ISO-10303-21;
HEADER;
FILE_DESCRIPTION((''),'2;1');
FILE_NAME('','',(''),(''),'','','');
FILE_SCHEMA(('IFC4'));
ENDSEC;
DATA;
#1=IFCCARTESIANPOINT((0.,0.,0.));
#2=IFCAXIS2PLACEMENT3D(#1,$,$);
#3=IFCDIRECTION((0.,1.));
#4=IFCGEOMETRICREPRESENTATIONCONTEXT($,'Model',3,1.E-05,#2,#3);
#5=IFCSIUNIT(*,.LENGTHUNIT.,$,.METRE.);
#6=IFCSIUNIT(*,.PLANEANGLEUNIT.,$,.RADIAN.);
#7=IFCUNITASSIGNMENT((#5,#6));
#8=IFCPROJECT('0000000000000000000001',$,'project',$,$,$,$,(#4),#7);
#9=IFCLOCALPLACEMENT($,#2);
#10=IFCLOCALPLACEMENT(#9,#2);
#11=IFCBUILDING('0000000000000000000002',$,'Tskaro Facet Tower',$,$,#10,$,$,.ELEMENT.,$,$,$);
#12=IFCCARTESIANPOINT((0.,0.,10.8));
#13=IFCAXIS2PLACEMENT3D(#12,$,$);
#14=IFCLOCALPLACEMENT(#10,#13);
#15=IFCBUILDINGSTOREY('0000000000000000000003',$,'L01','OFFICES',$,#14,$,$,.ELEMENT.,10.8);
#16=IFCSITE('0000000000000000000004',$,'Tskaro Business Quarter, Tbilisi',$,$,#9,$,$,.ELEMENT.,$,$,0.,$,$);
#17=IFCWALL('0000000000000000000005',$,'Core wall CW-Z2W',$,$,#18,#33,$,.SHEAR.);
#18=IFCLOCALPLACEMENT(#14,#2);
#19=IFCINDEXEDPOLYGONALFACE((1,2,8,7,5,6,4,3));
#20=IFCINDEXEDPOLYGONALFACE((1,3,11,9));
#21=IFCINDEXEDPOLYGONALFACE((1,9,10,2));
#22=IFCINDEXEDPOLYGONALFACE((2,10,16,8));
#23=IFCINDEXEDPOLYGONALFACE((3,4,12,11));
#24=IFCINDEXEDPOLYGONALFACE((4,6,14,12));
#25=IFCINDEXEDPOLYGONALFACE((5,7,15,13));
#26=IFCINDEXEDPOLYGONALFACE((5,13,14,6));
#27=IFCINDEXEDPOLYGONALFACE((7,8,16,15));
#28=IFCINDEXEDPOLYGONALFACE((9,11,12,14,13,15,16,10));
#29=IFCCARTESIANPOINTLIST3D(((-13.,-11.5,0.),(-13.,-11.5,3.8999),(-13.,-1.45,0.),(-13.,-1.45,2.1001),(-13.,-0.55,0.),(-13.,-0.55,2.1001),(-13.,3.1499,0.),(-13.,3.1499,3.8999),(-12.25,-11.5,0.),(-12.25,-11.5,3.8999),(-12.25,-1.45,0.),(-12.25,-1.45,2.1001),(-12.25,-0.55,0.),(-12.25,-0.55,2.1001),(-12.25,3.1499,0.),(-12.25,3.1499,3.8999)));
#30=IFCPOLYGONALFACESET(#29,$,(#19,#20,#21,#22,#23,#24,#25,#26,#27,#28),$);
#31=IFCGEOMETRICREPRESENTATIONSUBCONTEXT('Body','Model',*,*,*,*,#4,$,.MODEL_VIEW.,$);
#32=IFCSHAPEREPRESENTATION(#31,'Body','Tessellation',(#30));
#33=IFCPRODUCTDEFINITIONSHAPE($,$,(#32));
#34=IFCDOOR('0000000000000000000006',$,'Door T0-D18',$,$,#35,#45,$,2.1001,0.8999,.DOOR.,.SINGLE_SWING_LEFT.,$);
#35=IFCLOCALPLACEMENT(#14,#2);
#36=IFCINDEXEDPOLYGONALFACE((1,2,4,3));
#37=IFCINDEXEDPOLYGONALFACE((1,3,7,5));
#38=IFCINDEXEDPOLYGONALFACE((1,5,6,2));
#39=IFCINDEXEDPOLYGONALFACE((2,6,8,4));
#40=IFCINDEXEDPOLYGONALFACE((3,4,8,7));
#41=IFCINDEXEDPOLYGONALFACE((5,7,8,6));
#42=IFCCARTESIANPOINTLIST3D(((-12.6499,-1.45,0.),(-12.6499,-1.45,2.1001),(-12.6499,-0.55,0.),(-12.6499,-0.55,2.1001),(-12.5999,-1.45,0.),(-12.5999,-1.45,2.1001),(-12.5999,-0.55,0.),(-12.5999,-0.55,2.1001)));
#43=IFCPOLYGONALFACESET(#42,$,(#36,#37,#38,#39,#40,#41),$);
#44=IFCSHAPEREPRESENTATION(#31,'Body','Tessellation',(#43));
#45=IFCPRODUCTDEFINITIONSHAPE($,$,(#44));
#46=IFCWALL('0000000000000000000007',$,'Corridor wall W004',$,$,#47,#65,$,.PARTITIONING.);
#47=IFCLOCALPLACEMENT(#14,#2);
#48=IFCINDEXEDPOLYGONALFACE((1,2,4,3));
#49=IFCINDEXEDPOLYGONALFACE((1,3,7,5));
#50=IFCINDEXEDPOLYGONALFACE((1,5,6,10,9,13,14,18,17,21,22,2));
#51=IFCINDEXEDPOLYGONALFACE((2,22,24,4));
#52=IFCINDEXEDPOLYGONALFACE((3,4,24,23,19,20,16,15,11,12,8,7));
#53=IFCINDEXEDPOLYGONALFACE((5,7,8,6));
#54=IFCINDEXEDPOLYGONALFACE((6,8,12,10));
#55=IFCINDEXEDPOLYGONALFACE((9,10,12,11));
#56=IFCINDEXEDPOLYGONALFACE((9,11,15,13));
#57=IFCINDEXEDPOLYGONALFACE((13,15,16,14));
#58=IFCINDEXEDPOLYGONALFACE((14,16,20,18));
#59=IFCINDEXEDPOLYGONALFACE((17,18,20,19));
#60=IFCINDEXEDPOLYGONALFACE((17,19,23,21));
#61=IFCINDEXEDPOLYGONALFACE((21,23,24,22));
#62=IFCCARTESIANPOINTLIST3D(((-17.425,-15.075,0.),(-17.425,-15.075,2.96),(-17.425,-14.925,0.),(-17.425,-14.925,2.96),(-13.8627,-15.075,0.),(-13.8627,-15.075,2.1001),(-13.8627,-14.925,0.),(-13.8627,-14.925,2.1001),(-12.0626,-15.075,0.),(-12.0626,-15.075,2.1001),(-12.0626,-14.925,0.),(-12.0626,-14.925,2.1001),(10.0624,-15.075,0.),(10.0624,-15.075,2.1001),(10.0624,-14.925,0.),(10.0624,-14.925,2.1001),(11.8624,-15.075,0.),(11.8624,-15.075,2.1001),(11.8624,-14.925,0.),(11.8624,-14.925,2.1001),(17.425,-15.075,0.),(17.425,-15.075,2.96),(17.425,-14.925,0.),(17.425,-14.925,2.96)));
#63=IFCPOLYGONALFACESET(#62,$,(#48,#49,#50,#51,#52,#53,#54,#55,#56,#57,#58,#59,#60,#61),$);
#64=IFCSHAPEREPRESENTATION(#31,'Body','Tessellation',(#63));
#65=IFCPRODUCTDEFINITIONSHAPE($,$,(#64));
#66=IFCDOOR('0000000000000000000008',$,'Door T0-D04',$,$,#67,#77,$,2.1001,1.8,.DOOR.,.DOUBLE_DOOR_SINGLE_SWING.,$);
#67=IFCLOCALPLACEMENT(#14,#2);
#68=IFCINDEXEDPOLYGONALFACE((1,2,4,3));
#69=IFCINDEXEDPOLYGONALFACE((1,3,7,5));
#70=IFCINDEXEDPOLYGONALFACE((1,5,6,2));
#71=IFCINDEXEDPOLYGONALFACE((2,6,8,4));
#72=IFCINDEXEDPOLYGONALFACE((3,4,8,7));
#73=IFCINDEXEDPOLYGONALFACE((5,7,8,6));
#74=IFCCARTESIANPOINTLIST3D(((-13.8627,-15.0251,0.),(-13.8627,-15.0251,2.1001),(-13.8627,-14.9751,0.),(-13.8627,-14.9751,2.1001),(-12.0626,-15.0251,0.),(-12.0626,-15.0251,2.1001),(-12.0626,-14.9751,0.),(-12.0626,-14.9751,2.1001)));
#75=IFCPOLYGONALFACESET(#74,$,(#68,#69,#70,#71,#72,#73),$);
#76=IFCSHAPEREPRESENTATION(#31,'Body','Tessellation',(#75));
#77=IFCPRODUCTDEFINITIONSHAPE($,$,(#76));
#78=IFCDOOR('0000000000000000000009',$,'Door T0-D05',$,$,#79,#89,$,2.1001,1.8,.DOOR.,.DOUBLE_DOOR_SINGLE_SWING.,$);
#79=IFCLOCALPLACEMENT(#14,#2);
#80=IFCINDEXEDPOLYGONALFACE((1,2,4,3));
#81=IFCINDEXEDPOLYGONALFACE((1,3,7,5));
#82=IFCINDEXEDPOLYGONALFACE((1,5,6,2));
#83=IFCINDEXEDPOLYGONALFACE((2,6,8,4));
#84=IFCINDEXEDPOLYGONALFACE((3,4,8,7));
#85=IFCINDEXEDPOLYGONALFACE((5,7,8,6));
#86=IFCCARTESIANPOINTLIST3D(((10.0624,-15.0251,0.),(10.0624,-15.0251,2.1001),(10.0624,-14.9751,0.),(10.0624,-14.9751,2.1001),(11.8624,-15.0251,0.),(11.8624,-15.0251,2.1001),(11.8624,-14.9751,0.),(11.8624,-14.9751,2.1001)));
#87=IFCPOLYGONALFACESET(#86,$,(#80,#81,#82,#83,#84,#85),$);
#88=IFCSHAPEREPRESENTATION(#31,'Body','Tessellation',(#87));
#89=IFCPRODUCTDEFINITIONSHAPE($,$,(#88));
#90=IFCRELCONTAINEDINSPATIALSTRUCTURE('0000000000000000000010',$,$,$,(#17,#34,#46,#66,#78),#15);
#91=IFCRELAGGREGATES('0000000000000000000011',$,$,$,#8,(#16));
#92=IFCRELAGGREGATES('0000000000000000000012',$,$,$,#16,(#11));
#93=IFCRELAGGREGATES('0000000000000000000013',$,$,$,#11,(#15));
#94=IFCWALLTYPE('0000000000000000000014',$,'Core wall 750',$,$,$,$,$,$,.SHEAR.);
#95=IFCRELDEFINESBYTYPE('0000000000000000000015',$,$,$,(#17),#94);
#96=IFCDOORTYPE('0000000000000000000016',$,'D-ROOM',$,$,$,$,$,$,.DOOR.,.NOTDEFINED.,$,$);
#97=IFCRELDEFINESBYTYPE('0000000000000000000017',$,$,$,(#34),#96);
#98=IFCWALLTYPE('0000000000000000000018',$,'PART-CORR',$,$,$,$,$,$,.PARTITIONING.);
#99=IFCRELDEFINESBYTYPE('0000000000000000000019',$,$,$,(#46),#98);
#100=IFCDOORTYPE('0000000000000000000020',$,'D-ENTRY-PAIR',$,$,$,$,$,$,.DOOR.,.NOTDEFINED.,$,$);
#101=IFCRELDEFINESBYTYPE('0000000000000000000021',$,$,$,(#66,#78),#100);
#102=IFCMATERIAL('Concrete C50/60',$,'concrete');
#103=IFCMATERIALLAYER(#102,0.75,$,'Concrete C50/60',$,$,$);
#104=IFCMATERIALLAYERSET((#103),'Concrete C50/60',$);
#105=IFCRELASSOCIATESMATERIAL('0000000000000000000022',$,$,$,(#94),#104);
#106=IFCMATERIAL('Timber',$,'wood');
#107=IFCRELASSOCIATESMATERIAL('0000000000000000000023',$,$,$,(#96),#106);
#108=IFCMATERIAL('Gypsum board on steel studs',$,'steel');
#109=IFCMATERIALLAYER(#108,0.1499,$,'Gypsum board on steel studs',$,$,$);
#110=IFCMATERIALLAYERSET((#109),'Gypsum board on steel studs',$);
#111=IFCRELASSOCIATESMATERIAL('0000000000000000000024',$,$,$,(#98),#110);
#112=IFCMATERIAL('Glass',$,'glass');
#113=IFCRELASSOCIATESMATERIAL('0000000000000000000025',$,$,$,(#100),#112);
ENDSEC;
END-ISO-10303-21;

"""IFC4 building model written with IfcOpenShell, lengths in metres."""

from ifc_helpers import new_model, si_unit, direction, frame, frame_2d, origin, place, context, subcontext, project, spatial, rectangle, extrude, material, layer, layer_set, type_object, element, fill, save


model = new_model("IFC4")

# Units and contexts
model_context = context("Model", 3, precision=1e-05, world=origin(), true_north=direction((0.0, 1.0)))
body_context = subcontext(model_context, "Body", "Model", "MODEL_VIEW")
ifc_project = project(units=[si_unit("LENGTHUNIT", "METRE"), si_unit("PLANEANGLEUNIT", "RADIAN")], contexts=[model_context])

# Site, building, storey
site_placement = place(None, origin())
site = spatial("IfcSite", under=ifc_project, at=site_placement, Name="Tskaro Business Quarter, Tbilisi", CompositionType="ELEMENT", RefElevation=0.0)
building_placement = place(site_placement, origin())
building = spatial("IfcBuilding", under=site, at=building_placement, Name="Tskaro Facet Tower", CompositionType="ELEMENT")
storey_placement = place(building_placement, frame((0.0, 0.0, 10.8)))
storey = spatial("IfcBuildingStorey", under=building, at=storey_placement, Name="L01", Description="OFFICES", CompositionType="ELEMENT", Elevation=10.8)

# Wall, opening, door
ifc_material_1 = material(Name="Concrete C50/60", Category="concrete")
ifc_layer_1 = layer(ifc_material_1, 0.75, Name="Concrete C50/60")
ifc_layer_set_1 = layer_set([ifc_layer_1], Name="Concrete C50/60")
wall_type_1 = type_object("IfcWallType", Name="Core wall 750", PredefinedType="SHEAR", material=ifc_layer_set_1)
wall_1_placement = place(storey_placement, frame((-12.625, -11.5, 0.0), z_axis=(0.0, 0.0, 1.0), x_axis=(0.0, 1.0, 0.0)))
wall_1 = element("IfcWall", 1, at=wall_1_placement, inside=storey, type_object=wall_type_1, Name="Core wall CW-Z2W", PredefinedType="SHEAR", context=body_context, shape_type="SweptSolid", body=[
    extrude(rectangle(XDim=14.6499, YDim=0.75, at=frame_2d((7.325, 0.0))), origin(), (0.0, 0.0, 1.0), 3.8999),
])
opening_1_placement = place(wall_1_placement, frame((10.05, 0.0, 0.0)))
opening_1 = element("IfcOpeningElement", 2, at=opening_1_placement, cuts=wall_1, PredefinedType="OPENING", context=body_context, shape_type="SweptSolid", body=[
    extrude(rectangle(XDim=0.8999, YDim=2.1001, at=frame_2d((0.45, 1.05))), frame((0.0, 0.385, 0.0), z_axis=(0.0, -1.0, 0.0), x_axis=(1.0, 0.0, 0.0)), (0.0, 0.0, 1.0), 0.77),
])
ifc_material_2 = material(Name="Timber", Category="wood")
door_type_1 = type_object("IfcDoorType", Name="D-ROOM", OperationType="NOTDEFINED", PredefinedType="DOOR", material=ifc_material_2)
door_1_placement = place(opening_1_placement, origin())
door_1 = element("IfcDoor", 3, at=door_1_placement, inside=storey, type_object=door_type_1, Name="Door T0-D18", OperationType="SINGLE_SWING_LEFT", OverallHeight=2.1001, OverallWidth=0.8999, PredefinedType="DOOR", context=body_context, shape_type="SweptSolid", body=[
    extrude(rectangle(XDim=0.8999, YDim=2.1001, at=frame_2d((0.45, 1.05))), frame((0.0, 0.0249, 0.0), z_axis=(0.0, -1.0, 0.0), x_axis=(1.0, 0.0, 0.0)), (0.0, 0.0, 1.0), 0.05),
])
fill(opening_1, door_1)

# Wall, openings, doors
ifc_material_3 = material(Name="Gypsum board on steel studs", Category="steel")
ifc_layer_2 = layer(ifc_material_3, 0.1499, Name="Gypsum board on steel studs")
ifc_layer_set_2 = layer_set([ifc_layer_2], Name="Gypsum board on steel studs")
wall_type_2 = type_object("IfcWallType", Name="PART-CORR", PredefinedType="PARTITIONING", material=ifc_layer_set_2)
wall_2_placement = place(storey_placement, frame((-17.425, -15.0, 0.0), z_axis=(0.0, 0.0, 1.0), x_axis=(1.0, 0.0, 0.0)))
wall_2 = element("IfcWall", 4, at=wall_2_placement, inside=storey, type_object=wall_type_2, Name="Corridor wall W004", PredefinedType="PARTITIONING", context=body_context, shape_type="SweptSolid", body=[
    extrude(rectangle(XDim=34.8501, YDim=0.1499, at=frame_2d((17.425, 0.0))), origin(), (0.0, 0.0, 1.0), 2.96),
])
opening_2_placement = place(wall_2_placement, frame((3.5625, 0.0, 0.0)))
opening_2 = element("IfcOpeningElement", 5, at=opening_2_placement, cuts=wall_2, PredefinedType="OPENING", context=body_context, shape_type="SweptSolid", body=[
    extrude(rectangle(XDim=1.8, YDim=2.1001, at=frame_2d((0.8999, 1.05))), frame((0.0, 0.085, 0.0), z_axis=(0.0, -1.0, 0.0), x_axis=(1.0, 0.0, 0.0)), (0.0, 0.0, 1.0), 0.1699),
])
opening_3_placement = place(wall_2_placement, frame((27.4875, 0.0, 0.0)))
opening_3 = element("IfcOpeningElement", 6, at=opening_3_placement, cuts=wall_2, PredefinedType="OPENING", context=body_context, shape_type="SweptSolid", body=[
    extrude(rectangle(XDim=1.8, YDim=2.1001, at=frame_2d((0.8999, 1.05))), frame((0.0, 0.085, 0.0), z_axis=(0.0, -1.0, 0.0), x_axis=(1.0, 0.0, 0.0)), (0.0, 0.0, 1.0), 0.1699),
])
ifc_material_4 = material(Name="Glass", Category="glass")
door_type_2 = type_object("IfcDoorType", Name="D-ENTRY-PAIR", OperationType="NOTDEFINED", PredefinedType="DOOR", material=ifc_material_4)
door_2_placement = place(opening_2_placement, origin())
door_2 = element("IfcDoor", 7, at=door_2_placement, inside=storey, type_object=door_type_2, Name="Door T0-D04", OperationType="DOUBLE_DOOR_SINGLE_SWING", OverallHeight=2.1001, OverallWidth=1.8, PredefinedType="DOOR", context=body_context, shape_type="SweptSolid", body=[
    extrude(rectangle(XDim=1.8, YDim=2.1001, at=frame_2d((0.8999, 1.05))), frame((0.0, 0.0249, 0.0), z_axis=(0.0, -1.0, 0.0), x_axis=(1.0, 0.0, 0.0)), (0.0, 0.0, 1.0), 0.05),
])
fill(opening_2, door_2)
door_3_placement = place(opening_3_placement, origin())
door_3 = element("IfcDoor", 8, at=door_3_placement, inside=storey, type_object=door_type_2, Name="Door T0-D05", OperationType="DOUBLE_DOOR_SINGLE_SWING", OverallHeight=2.1001, OverallWidth=1.8, PredefinedType="DOOR", context=body_context, shape_type="SweptSolid", body=[
    extrude(rectangle(XDim=1.8, YDim=2.1001, at=frame_2d((0.8999, 1.05))), frame((0.0, 0.0249, 0.0), z_axis=(0.0, -1.0, 0.0), x_axis=(1.0, 0.0, 0.0)), (0.0, 0.0, 1.0), 0.05),
])
fill(opening_3, door_3)

save(model, "model.ifc")
